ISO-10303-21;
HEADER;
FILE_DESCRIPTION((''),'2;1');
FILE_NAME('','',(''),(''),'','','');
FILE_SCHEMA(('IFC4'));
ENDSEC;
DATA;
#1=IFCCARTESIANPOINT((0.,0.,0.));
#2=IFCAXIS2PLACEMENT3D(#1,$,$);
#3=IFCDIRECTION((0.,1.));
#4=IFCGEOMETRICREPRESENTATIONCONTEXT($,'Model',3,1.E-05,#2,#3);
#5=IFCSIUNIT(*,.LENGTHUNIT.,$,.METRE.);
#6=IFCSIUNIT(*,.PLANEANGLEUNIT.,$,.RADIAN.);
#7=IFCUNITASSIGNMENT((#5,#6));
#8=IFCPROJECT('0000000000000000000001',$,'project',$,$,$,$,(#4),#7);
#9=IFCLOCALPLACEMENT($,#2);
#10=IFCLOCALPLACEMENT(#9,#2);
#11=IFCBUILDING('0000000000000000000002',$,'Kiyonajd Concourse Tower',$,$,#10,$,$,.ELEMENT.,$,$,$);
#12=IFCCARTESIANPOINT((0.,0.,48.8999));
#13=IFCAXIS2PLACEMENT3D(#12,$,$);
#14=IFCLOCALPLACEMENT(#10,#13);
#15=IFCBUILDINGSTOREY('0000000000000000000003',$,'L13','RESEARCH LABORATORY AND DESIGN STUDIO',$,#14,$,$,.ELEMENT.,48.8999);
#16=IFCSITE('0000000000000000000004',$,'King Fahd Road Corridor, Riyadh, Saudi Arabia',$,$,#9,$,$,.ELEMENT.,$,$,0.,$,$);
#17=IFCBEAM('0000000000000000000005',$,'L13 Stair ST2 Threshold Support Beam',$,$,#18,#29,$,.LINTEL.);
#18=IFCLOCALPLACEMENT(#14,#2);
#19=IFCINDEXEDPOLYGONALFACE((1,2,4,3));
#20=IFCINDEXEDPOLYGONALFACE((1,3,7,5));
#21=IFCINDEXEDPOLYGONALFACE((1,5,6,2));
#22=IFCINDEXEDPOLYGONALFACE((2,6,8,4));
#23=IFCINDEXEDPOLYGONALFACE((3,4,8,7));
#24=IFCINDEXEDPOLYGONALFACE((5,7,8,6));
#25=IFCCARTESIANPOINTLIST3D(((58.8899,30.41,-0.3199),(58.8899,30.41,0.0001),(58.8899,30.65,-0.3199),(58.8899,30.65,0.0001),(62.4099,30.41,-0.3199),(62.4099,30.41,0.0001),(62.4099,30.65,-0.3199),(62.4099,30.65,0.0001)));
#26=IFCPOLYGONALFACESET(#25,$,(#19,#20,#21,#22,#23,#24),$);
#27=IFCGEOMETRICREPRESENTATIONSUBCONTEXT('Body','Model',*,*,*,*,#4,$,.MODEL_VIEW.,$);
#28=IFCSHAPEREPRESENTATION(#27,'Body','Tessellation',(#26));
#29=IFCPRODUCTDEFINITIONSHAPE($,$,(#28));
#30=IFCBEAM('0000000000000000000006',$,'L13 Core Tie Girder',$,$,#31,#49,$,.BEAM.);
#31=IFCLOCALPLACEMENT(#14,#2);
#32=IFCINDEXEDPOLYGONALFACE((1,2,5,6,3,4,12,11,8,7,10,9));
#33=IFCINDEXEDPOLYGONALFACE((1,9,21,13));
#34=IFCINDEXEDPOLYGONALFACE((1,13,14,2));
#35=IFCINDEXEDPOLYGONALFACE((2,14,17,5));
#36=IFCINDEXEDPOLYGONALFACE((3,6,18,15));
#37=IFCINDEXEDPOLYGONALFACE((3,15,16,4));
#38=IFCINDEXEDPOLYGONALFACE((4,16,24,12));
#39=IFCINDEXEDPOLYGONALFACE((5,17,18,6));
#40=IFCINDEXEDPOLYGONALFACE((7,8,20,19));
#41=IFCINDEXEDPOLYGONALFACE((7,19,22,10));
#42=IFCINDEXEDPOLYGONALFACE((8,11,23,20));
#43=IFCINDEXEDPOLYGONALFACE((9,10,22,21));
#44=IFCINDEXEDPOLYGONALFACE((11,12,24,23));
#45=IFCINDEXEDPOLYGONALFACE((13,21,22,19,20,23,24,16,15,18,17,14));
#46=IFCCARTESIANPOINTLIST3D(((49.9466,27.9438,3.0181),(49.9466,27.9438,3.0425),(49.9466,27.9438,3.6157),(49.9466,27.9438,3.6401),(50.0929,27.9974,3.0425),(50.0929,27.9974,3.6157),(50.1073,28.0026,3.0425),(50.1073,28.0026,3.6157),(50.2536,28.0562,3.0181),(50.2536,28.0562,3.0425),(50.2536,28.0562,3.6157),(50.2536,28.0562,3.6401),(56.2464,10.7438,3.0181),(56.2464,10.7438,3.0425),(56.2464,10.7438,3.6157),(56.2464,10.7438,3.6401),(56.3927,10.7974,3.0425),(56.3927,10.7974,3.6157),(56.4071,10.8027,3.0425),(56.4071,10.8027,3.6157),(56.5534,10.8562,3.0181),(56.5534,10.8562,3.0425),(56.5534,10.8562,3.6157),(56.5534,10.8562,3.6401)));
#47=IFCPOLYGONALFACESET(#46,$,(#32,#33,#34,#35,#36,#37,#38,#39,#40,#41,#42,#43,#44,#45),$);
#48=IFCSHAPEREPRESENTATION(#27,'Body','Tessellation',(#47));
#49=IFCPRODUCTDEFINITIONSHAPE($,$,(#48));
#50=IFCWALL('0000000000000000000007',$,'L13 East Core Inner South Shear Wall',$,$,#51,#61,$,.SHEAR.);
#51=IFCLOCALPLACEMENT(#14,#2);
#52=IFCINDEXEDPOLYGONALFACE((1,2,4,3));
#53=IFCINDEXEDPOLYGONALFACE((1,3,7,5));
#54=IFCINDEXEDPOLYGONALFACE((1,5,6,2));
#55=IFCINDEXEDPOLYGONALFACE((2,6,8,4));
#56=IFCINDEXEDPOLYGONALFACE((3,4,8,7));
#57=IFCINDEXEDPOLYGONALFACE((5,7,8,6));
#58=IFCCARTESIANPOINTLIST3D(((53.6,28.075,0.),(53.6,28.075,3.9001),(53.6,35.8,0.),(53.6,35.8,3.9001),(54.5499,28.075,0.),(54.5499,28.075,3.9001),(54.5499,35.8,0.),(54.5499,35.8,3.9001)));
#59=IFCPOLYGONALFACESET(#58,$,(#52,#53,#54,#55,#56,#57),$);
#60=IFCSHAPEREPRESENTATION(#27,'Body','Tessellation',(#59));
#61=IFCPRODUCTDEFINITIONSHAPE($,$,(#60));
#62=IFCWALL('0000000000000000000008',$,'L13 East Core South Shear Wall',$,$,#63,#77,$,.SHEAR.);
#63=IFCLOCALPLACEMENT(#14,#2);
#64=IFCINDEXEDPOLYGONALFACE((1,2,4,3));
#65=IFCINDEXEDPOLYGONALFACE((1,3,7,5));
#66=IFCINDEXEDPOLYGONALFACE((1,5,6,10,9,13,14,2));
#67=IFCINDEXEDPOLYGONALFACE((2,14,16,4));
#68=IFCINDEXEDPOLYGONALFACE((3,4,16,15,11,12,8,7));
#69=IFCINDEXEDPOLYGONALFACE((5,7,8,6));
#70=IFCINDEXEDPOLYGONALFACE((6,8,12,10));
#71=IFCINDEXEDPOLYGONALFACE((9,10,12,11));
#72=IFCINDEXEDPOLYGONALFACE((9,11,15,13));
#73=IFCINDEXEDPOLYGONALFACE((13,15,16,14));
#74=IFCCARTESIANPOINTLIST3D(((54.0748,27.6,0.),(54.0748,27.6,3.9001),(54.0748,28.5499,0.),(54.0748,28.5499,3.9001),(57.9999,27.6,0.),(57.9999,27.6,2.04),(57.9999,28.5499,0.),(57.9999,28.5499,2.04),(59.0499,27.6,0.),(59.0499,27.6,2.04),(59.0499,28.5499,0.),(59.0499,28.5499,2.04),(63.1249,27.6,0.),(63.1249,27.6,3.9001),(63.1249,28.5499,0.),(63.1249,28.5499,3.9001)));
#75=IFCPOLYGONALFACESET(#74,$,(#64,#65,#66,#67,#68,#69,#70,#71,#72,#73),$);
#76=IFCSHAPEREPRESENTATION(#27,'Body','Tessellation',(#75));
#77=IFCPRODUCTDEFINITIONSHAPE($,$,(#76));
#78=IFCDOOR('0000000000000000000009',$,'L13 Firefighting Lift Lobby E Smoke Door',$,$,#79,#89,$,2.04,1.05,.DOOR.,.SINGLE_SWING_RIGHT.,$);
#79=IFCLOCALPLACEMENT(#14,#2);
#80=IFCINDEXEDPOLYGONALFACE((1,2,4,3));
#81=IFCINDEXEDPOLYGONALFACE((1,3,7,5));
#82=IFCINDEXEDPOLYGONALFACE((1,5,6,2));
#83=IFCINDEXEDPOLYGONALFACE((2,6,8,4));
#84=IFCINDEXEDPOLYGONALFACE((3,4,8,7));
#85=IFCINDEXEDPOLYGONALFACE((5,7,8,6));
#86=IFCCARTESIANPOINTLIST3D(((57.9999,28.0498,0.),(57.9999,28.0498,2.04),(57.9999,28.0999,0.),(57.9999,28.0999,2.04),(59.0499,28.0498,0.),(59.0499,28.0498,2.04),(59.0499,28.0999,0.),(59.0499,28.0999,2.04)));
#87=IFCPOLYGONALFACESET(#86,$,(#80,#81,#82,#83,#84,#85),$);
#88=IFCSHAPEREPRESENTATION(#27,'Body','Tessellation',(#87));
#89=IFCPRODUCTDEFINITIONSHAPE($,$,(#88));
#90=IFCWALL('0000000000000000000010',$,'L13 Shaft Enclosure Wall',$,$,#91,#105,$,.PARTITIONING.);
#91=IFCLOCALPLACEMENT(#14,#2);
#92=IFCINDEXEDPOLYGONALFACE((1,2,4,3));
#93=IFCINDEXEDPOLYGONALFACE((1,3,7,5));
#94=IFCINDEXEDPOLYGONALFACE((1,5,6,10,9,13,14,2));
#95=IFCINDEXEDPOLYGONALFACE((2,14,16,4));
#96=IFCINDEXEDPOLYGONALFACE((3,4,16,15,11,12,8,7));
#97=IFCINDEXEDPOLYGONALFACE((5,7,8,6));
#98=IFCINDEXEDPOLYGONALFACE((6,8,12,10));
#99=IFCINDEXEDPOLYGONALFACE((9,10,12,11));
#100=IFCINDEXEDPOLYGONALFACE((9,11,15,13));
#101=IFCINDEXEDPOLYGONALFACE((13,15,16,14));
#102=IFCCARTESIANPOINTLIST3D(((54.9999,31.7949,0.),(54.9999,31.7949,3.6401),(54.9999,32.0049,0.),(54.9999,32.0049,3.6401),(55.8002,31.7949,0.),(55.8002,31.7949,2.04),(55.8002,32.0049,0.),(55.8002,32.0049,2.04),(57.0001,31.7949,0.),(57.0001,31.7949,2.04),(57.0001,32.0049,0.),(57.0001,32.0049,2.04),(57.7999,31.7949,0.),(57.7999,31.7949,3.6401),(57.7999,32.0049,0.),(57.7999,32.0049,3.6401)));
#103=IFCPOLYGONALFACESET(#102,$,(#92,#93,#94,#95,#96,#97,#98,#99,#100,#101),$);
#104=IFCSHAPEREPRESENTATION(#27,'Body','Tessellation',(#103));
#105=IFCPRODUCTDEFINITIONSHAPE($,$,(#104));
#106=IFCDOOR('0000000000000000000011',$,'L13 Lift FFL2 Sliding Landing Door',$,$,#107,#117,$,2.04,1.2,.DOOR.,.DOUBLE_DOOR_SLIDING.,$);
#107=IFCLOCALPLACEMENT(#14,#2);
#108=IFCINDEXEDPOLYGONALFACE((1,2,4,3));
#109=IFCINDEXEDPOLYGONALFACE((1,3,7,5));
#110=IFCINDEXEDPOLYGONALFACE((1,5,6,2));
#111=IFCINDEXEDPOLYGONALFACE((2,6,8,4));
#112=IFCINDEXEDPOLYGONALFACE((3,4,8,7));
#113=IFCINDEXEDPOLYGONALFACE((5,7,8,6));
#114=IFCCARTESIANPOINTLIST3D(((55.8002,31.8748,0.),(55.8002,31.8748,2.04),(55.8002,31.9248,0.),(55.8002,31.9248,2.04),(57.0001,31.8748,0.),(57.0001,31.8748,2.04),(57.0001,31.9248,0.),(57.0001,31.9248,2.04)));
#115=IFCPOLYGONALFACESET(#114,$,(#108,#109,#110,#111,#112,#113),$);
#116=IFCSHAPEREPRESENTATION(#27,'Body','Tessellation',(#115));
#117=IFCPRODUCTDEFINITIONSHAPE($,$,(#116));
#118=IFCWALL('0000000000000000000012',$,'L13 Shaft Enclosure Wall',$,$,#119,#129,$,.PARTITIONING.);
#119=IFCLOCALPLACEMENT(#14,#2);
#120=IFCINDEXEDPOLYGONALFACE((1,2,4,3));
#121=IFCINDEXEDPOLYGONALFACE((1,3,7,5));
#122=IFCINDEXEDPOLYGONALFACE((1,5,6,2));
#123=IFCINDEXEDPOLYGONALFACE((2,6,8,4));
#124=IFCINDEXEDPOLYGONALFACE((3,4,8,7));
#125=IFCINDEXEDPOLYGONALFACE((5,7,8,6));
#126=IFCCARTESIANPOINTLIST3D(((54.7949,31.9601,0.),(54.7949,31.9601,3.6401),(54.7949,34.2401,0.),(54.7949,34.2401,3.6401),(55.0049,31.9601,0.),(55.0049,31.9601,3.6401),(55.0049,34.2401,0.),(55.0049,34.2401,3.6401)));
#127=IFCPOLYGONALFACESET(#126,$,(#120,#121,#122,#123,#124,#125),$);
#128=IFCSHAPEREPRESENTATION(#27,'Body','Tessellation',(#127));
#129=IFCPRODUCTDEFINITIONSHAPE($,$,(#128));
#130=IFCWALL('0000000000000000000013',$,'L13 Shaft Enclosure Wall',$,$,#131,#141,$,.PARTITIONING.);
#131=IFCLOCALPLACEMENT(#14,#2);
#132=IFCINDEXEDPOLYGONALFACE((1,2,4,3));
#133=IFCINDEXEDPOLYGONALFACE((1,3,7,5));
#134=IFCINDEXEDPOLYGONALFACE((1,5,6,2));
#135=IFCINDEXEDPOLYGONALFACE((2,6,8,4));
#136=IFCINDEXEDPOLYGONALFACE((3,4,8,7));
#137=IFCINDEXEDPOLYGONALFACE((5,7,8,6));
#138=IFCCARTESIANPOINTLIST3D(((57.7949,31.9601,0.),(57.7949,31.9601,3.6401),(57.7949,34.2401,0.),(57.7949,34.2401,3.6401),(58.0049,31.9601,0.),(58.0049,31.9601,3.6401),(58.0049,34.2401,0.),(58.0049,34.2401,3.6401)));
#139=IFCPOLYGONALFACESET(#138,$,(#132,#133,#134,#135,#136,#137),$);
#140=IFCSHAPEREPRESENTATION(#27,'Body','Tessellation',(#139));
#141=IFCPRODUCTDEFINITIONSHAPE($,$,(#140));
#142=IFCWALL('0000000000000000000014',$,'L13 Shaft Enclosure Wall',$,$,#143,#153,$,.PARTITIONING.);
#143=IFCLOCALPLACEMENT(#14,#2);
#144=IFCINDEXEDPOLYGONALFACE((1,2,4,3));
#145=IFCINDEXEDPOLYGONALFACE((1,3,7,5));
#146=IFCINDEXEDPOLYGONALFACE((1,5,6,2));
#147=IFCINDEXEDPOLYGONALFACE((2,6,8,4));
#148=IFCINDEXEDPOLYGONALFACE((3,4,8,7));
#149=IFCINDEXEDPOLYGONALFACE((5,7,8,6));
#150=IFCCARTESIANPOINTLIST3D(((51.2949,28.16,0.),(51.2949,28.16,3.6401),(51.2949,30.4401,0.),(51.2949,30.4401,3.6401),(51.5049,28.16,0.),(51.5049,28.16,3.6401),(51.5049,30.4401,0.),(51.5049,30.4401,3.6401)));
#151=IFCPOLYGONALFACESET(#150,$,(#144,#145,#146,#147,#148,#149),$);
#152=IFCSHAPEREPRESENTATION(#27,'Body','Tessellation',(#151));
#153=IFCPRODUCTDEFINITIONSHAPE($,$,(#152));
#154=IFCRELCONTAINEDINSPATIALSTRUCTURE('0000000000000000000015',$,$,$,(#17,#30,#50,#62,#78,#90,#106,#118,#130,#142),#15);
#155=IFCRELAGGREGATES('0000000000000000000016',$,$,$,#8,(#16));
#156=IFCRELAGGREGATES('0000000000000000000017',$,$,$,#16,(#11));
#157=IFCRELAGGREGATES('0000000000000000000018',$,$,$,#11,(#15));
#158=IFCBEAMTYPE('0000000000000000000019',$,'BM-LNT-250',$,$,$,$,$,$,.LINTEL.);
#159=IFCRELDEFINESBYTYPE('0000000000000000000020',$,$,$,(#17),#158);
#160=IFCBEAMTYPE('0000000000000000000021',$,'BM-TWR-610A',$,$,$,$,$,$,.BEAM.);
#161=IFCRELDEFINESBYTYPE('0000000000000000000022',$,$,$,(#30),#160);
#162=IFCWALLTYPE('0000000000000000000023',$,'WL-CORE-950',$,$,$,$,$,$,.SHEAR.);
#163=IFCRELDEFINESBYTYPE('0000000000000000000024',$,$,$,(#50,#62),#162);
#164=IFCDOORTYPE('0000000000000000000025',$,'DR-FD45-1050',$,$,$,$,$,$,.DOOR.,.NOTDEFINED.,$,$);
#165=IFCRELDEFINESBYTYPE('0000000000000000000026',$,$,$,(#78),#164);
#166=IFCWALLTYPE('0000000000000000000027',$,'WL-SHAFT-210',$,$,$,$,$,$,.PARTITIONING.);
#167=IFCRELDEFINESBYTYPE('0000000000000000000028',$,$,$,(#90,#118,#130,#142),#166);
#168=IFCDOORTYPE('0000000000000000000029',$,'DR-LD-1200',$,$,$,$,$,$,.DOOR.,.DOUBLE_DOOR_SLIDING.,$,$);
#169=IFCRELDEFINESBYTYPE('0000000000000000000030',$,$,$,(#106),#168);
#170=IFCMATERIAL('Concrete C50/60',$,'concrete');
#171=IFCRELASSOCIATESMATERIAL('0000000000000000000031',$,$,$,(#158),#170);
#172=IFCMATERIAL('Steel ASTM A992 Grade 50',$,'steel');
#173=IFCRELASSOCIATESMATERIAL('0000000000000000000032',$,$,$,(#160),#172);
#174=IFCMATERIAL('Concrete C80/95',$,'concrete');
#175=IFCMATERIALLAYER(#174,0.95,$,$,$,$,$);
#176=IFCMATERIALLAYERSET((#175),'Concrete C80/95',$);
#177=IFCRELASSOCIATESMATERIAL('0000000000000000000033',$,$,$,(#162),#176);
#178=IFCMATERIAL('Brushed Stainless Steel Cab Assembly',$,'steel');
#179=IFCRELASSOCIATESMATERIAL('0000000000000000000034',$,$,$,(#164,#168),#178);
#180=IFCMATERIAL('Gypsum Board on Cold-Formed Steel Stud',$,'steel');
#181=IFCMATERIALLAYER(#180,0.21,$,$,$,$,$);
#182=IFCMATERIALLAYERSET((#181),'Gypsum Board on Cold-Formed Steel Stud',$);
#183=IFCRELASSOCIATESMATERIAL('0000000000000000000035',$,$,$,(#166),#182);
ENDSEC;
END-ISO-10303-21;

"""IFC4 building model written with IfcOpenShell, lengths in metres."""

from ifc_helpers import new_model, si_unit, direction, frame, frame_2d, origin, origin_2d, place, context, subcontext, project, spatial, rectangle, i_section, extrude, material, layer, layer_set, material_profile, profile_set, type_object, element, fill, save


model = new_model("IFC4")

# Units and contexts
model_context = context("Model", 3, precision=1e-05, world=origin(), true_north=direction((0.0, 1.0)))
body_context = subcontext(model_context, "Body", "Model", "MODEL_VIEW")
ifc_project = project(units=[si_unit("LENGTHUNIT", "METRE"), si_unit("PLANEANGLEUNIT", "RADIAN")], contexts=[model_context])

# Site, building, storey
site_placement = place(None, origin())
site = spatial("IfcSite", under=ifc_project, at=site_placement, Name="King Fahd Road Corridor, Riyadh, Saudi Arabia", CompositionType="ELEMENT", RefElevation=0.0)
building_placement = place(site_placement, origin())
building = spatial("IfcBuilding", under=site, at=building_placement, Name="Kiyonajd Concourse Tower", CompositionType="ELEMENT")
storey_placement = place(building_placement, frame((0.0, 0.0, 48.8999)))
storey = spatial("IfcBuildingStorey", under=building, at=storey_placement, Name="L13", Description="RESEARCH LABORATORY AND DESIGN STUDIO", CompositionType="ELEMENT", Elevation=48.8999)

# Beams
ifc_material_1 = material(Name="Concrete C50/60", Category="concrete")
ifc_material_profile_1 = material_profile(ifc_material_1, rectangle(XDim=0.24, YDim=0.3201, at=origin_2d()), Name="RCBM-240x320")
ifc_profile_set_1 = profile_set([ifc_material_profile_1], Name="Concrete C50/60")
beam_type_1 = type_object("IfcBeamType", Name="BM-LNT-250", PredefinedType="LINTEL", material=ifc_profile_set_1)
beam_1_placement = place(storey_placement, frame((58.8899, 30.53, -0.1599), z_axis=(1.0, 0.0, 0.0), x_axis=(0.0, 1.0, 0.0)))
element("IfcBeam", 1, at=beam_1_placement, inside=storey, type_object=beam_type_1, Name="L13 Stair ST2 Threshold Support Beam", PredefinedType="LINTEL", context=body_context, shape_type="SweptSolid", body=[
    extrude(rectangle(XDim=0.24, YDim=0.3201, at=origin_2d()), origin(), (0.0, 0.0, 1.0), 3.52),
])
ifc_material_2 = material(Name="Steel ASTM A992 Grade 50", Category="steel")
ifc_material_profile_2 = material_profile(ifc_material_2, i_section(OverallWidth=0.3269, OverallDepth=0.6221, WebThickness=0.0154, FlangeThickness=0.0244, at=origin_2d()), Name="W610X195")
ifc_profile_set_2 = profile_set([ifc_material_profile_2], Name="Steel ASTM A992 Grade 50")
beam_type_2 = type_object("IfcBeamType", Name="BM-TWR-610A", PredefinedType="BEAM", material=ifc_profile_set_2)
beam_2_placement = place(storey_placement, frame((50.1001, 28.0, 3.3291), z_axis=(0.343925, -0.938997, 0.0), x_axis=(0.938997, 0.343925, 0.0)))
element("IfcBeam", 2, at=beam_2_placement, inside=storey, type_object=beam_type_2, Name="L13 Core Tie Girder", PredefinedType="BEAM", context=body_context, shape_type="SweptSolid", body=[
    extrude(i_section(OverallWidth=0.3269, OverallDepth=0.6221, WebThickness=0.0154, FlangeThickness=0.0244, at=origin_2d()), origin(), (0.0, 0.0, 1.0), 18.3174),
])

# Wall
ifc_material_3 = material(Name="Concrete C80/95", Category="concrete")
ifc_layer_1 = layer(ifc_material_3, 0.95)
ifc_layer_set_1 = layer_set([ifc_layer_1], Name="Concrete C80/95")
wall_type_1 = type_object("IfcWallType", Name="WL-CORE-950", PredefinedType="SHEAR", material=ifc_layer_set_1)
wall_1_placement = place(storey_placement, frame((54.075, 28.075, 0.0), z_axis=(0.0, 0.0, 1.0), x_axis=(0.0, 1.0, 0.0)))
element("IfcWall", 3, at=wall_1_placement, inside=storey, type_object=wall_type_1, Name="L13 East Core Inner South Shear Wall", PredefinedType="SHEAR", context=body_context, shape_type="SweptSolid", body=[
    extrude(rectangle(XDim=7.7251, YDim=0.95, at=frame_2d((3.8625, 0.0))), origin(), (0.0, 0.0, 1.0), 3.9001),
])

# Walls, openings, doors
wall_2_placement = place(storey_placement, frame((54.075, 28.075, 0.0), z_axis=(0.0, 0.0, 1.0), x_axis=(1.0, 0.0, 0.0)))
wall_2 = element("IfcWall", 4, at=wall_2_placement, inside=storey, type_object=wall_type_1, Name="L13 East Core South Shear Wall", PredefinedType="SHEAR", context=body_context, shape_type="SweptSolid", body=[
    extrude(rectangle(XDim=9.05, YDim=0.95, at=frame_2d((4.5249, 0.0))), origin(), (0.0, 0.0, 1.0), 3.9001),
])
opening_1_placement = place(wall_2_placement, frame((3.925, 0.0, 0.0)))
opening_1 = element("IfcOpeningElement", 5, at=opening_1_placement, cuts=wall_2, PredefinedType="OPENING", context=body_context, shape_type="SweptSolid", body=[
    extrude(rectangle(XDim=1.05, YDim=2.04, at=frame_2d((0.5249, 1.02))), frame((0.0, 0.4849, 0.0), z_axis=(0.0, -1.0, 0.0), x_axis=(1.0, 0.0, 0.0)), (0.0, 0.0, 1.0), 0.97),
])
ifc_material_4 = material(Name="Brushed Stainless Steel Cab Assembly", Category="steel")
door_type_1 = type_object("IfcDoorType", Name="DR-FD45-1050", OperationType="NOTDEFINED", PredefinedType="DOOR", material=ifc_material_4)
door_1_placement = place(opening_1_placement, origin())
door_1 = element("IfcDoor", 6, at=door_1_placement, inside=storey, type_object=door_type_1, Name="L13 Firefighting Lift Lobby E Smoke Door", OperationType="SINGLE_SWING_RIGHT", OverallHeight=2.04, OverallWidth=1.05, PredefinedType="DOOR", context=body_context, shape_type="SweptSolid", body=[
    extrude(rectangle(XDim=1.05, YDim=2.04, at=frame_2d((0.5249, 1.02))), frame((0.0, 0.0249, 0.0), z_axis=(0.0, -1.0, 0.0), x_axis=(1.0, 0.0, 0.0)), (0.0, 0.0, 1.0), 0.05),
])
fill(opening_1, door_1)
ifc_material_5 = material(Name="Gypsum Board on Cold-Formed Steel Stud", Category="steel")
ifc_layer_2 = layer(ifc_material_5, 0.21)
ifc_layer_set_2 = layer_set([ifc_layer_2], Name="Gypsum Board on Cold-Formed Steel Stud")
wall_type_2 = type_object("IfcWallType", Name="WL-SHAFT-210", PredefinedType="PARTITIONING", material=ifc_layer_set_2)
wall_3_placement = place(storey_placement, frame((55.0, 31.8999, 0.0), z_axis=(0.0, 0.0, 1.0), x_axis=(1.0, 0.0, 0.0)))
wall_3 = element("IfcWall", 7, at=wall_3_placement, inside=storey, type_object=wall_type_2, Name="L13 Shaft Enclosure Wall", PredefinedType="PARTITIONING", context=body_context, shape_type="SweptSolid", body=[
    extrude(rectangle(XDim=2.8, YDim=0.21, at=frame_2d((1.3999, 0.0))), origin(), (0.0, 0.0, 1.0), 3.6401),
])
opening_2_placement = place(wall_3_placement, frame((0.8, 0.0, 0.0)))
opening_2 = element("IfcOpeningElement", 8, at=opening_2_placement, cuts=wall_3, PredefinedType="OPENING", context=body_context, shape_type="SweptSolid", body=[
    extrude(rectangle(XDim=1.2, YDim=2.04, at=frame_2d((0.6001, 1.02))), frame((0.0, 0.115, 0.0), z_axis=(0.0, -1.0, 0.0), x_axis=(1.0, 0.0, 0.0)), (0.0, 0.0, 1.0), 0.23),
])
door_type_2 = type_object("IfcDoorType", Name="DR-LD-1200", OperationType="DOUBLE_DOOR_SLIDING", PredefinedType="DOOR", material=ifc_material_4)
door_2_placement = place(opening_2_placement, origin())
door_2 = element("IfcDoor", 9, at=door_2_placement, inside=storey, type_object=door_type_2, Name="L13 Lift FFL2 Sliding Landing Door", OperationType="DOUBLE_DOOR_SLIDING", OverallHeight=2.04, OverallWidth=1.2, PredefinedType="DOOR", context=body_context, shape_type="SweptSolid", body=[
    extrude(rectangle(XDim=1.2, YDim=2.04, at=frame_2d((0.6001, 1.02))), frame((0.0, 0.0249, 0.0), z_axis=(0.0, -1.0, 0.0), x_axis=(1.0, 0.0, 0.0)), (0.0, 0.0, 1.0), 0.05),
])
fill(opening_2, door_2)

# Walls
for number, where, z_axis, x_axis, name in (
    (10, (54.8999, 31.96, 0.0), (0.0, 0.0, 1.0), (0.0, 1.0, 0.0), "L13 Shaft Enclosure Wall"),
    (11, (57.8999, 31.96, 0.0), (0.0, 0.0, 1.0), (0.0, 1.0, 0.0), "L13 Shaft Enclosure Wall"),
    (12, (51.3999, 28.1599, 0.0), (0.0, 0.0, 1.0), (0.0, 1.0, 0.0), "L13 Shaft Enclosure Wall"),
):
    element("IfcWall", number, at=place(storey_placement, frame(where, z_axis=z_axis, x_axis=x_axis)), inside=storey, type_object=wall_type_2, Name=name, PredefinedType="PARTITIONING", context=body_context, shape_type="SweptSolid", body=[
        extrude(rectangle(XDim=2.28, YDim=0.21, at=frame_2d((1.1401, 0.0))), origin(), (0.0, 0.0, 1.0), 3.6401),
    ])

save(model, "model.ifc")
